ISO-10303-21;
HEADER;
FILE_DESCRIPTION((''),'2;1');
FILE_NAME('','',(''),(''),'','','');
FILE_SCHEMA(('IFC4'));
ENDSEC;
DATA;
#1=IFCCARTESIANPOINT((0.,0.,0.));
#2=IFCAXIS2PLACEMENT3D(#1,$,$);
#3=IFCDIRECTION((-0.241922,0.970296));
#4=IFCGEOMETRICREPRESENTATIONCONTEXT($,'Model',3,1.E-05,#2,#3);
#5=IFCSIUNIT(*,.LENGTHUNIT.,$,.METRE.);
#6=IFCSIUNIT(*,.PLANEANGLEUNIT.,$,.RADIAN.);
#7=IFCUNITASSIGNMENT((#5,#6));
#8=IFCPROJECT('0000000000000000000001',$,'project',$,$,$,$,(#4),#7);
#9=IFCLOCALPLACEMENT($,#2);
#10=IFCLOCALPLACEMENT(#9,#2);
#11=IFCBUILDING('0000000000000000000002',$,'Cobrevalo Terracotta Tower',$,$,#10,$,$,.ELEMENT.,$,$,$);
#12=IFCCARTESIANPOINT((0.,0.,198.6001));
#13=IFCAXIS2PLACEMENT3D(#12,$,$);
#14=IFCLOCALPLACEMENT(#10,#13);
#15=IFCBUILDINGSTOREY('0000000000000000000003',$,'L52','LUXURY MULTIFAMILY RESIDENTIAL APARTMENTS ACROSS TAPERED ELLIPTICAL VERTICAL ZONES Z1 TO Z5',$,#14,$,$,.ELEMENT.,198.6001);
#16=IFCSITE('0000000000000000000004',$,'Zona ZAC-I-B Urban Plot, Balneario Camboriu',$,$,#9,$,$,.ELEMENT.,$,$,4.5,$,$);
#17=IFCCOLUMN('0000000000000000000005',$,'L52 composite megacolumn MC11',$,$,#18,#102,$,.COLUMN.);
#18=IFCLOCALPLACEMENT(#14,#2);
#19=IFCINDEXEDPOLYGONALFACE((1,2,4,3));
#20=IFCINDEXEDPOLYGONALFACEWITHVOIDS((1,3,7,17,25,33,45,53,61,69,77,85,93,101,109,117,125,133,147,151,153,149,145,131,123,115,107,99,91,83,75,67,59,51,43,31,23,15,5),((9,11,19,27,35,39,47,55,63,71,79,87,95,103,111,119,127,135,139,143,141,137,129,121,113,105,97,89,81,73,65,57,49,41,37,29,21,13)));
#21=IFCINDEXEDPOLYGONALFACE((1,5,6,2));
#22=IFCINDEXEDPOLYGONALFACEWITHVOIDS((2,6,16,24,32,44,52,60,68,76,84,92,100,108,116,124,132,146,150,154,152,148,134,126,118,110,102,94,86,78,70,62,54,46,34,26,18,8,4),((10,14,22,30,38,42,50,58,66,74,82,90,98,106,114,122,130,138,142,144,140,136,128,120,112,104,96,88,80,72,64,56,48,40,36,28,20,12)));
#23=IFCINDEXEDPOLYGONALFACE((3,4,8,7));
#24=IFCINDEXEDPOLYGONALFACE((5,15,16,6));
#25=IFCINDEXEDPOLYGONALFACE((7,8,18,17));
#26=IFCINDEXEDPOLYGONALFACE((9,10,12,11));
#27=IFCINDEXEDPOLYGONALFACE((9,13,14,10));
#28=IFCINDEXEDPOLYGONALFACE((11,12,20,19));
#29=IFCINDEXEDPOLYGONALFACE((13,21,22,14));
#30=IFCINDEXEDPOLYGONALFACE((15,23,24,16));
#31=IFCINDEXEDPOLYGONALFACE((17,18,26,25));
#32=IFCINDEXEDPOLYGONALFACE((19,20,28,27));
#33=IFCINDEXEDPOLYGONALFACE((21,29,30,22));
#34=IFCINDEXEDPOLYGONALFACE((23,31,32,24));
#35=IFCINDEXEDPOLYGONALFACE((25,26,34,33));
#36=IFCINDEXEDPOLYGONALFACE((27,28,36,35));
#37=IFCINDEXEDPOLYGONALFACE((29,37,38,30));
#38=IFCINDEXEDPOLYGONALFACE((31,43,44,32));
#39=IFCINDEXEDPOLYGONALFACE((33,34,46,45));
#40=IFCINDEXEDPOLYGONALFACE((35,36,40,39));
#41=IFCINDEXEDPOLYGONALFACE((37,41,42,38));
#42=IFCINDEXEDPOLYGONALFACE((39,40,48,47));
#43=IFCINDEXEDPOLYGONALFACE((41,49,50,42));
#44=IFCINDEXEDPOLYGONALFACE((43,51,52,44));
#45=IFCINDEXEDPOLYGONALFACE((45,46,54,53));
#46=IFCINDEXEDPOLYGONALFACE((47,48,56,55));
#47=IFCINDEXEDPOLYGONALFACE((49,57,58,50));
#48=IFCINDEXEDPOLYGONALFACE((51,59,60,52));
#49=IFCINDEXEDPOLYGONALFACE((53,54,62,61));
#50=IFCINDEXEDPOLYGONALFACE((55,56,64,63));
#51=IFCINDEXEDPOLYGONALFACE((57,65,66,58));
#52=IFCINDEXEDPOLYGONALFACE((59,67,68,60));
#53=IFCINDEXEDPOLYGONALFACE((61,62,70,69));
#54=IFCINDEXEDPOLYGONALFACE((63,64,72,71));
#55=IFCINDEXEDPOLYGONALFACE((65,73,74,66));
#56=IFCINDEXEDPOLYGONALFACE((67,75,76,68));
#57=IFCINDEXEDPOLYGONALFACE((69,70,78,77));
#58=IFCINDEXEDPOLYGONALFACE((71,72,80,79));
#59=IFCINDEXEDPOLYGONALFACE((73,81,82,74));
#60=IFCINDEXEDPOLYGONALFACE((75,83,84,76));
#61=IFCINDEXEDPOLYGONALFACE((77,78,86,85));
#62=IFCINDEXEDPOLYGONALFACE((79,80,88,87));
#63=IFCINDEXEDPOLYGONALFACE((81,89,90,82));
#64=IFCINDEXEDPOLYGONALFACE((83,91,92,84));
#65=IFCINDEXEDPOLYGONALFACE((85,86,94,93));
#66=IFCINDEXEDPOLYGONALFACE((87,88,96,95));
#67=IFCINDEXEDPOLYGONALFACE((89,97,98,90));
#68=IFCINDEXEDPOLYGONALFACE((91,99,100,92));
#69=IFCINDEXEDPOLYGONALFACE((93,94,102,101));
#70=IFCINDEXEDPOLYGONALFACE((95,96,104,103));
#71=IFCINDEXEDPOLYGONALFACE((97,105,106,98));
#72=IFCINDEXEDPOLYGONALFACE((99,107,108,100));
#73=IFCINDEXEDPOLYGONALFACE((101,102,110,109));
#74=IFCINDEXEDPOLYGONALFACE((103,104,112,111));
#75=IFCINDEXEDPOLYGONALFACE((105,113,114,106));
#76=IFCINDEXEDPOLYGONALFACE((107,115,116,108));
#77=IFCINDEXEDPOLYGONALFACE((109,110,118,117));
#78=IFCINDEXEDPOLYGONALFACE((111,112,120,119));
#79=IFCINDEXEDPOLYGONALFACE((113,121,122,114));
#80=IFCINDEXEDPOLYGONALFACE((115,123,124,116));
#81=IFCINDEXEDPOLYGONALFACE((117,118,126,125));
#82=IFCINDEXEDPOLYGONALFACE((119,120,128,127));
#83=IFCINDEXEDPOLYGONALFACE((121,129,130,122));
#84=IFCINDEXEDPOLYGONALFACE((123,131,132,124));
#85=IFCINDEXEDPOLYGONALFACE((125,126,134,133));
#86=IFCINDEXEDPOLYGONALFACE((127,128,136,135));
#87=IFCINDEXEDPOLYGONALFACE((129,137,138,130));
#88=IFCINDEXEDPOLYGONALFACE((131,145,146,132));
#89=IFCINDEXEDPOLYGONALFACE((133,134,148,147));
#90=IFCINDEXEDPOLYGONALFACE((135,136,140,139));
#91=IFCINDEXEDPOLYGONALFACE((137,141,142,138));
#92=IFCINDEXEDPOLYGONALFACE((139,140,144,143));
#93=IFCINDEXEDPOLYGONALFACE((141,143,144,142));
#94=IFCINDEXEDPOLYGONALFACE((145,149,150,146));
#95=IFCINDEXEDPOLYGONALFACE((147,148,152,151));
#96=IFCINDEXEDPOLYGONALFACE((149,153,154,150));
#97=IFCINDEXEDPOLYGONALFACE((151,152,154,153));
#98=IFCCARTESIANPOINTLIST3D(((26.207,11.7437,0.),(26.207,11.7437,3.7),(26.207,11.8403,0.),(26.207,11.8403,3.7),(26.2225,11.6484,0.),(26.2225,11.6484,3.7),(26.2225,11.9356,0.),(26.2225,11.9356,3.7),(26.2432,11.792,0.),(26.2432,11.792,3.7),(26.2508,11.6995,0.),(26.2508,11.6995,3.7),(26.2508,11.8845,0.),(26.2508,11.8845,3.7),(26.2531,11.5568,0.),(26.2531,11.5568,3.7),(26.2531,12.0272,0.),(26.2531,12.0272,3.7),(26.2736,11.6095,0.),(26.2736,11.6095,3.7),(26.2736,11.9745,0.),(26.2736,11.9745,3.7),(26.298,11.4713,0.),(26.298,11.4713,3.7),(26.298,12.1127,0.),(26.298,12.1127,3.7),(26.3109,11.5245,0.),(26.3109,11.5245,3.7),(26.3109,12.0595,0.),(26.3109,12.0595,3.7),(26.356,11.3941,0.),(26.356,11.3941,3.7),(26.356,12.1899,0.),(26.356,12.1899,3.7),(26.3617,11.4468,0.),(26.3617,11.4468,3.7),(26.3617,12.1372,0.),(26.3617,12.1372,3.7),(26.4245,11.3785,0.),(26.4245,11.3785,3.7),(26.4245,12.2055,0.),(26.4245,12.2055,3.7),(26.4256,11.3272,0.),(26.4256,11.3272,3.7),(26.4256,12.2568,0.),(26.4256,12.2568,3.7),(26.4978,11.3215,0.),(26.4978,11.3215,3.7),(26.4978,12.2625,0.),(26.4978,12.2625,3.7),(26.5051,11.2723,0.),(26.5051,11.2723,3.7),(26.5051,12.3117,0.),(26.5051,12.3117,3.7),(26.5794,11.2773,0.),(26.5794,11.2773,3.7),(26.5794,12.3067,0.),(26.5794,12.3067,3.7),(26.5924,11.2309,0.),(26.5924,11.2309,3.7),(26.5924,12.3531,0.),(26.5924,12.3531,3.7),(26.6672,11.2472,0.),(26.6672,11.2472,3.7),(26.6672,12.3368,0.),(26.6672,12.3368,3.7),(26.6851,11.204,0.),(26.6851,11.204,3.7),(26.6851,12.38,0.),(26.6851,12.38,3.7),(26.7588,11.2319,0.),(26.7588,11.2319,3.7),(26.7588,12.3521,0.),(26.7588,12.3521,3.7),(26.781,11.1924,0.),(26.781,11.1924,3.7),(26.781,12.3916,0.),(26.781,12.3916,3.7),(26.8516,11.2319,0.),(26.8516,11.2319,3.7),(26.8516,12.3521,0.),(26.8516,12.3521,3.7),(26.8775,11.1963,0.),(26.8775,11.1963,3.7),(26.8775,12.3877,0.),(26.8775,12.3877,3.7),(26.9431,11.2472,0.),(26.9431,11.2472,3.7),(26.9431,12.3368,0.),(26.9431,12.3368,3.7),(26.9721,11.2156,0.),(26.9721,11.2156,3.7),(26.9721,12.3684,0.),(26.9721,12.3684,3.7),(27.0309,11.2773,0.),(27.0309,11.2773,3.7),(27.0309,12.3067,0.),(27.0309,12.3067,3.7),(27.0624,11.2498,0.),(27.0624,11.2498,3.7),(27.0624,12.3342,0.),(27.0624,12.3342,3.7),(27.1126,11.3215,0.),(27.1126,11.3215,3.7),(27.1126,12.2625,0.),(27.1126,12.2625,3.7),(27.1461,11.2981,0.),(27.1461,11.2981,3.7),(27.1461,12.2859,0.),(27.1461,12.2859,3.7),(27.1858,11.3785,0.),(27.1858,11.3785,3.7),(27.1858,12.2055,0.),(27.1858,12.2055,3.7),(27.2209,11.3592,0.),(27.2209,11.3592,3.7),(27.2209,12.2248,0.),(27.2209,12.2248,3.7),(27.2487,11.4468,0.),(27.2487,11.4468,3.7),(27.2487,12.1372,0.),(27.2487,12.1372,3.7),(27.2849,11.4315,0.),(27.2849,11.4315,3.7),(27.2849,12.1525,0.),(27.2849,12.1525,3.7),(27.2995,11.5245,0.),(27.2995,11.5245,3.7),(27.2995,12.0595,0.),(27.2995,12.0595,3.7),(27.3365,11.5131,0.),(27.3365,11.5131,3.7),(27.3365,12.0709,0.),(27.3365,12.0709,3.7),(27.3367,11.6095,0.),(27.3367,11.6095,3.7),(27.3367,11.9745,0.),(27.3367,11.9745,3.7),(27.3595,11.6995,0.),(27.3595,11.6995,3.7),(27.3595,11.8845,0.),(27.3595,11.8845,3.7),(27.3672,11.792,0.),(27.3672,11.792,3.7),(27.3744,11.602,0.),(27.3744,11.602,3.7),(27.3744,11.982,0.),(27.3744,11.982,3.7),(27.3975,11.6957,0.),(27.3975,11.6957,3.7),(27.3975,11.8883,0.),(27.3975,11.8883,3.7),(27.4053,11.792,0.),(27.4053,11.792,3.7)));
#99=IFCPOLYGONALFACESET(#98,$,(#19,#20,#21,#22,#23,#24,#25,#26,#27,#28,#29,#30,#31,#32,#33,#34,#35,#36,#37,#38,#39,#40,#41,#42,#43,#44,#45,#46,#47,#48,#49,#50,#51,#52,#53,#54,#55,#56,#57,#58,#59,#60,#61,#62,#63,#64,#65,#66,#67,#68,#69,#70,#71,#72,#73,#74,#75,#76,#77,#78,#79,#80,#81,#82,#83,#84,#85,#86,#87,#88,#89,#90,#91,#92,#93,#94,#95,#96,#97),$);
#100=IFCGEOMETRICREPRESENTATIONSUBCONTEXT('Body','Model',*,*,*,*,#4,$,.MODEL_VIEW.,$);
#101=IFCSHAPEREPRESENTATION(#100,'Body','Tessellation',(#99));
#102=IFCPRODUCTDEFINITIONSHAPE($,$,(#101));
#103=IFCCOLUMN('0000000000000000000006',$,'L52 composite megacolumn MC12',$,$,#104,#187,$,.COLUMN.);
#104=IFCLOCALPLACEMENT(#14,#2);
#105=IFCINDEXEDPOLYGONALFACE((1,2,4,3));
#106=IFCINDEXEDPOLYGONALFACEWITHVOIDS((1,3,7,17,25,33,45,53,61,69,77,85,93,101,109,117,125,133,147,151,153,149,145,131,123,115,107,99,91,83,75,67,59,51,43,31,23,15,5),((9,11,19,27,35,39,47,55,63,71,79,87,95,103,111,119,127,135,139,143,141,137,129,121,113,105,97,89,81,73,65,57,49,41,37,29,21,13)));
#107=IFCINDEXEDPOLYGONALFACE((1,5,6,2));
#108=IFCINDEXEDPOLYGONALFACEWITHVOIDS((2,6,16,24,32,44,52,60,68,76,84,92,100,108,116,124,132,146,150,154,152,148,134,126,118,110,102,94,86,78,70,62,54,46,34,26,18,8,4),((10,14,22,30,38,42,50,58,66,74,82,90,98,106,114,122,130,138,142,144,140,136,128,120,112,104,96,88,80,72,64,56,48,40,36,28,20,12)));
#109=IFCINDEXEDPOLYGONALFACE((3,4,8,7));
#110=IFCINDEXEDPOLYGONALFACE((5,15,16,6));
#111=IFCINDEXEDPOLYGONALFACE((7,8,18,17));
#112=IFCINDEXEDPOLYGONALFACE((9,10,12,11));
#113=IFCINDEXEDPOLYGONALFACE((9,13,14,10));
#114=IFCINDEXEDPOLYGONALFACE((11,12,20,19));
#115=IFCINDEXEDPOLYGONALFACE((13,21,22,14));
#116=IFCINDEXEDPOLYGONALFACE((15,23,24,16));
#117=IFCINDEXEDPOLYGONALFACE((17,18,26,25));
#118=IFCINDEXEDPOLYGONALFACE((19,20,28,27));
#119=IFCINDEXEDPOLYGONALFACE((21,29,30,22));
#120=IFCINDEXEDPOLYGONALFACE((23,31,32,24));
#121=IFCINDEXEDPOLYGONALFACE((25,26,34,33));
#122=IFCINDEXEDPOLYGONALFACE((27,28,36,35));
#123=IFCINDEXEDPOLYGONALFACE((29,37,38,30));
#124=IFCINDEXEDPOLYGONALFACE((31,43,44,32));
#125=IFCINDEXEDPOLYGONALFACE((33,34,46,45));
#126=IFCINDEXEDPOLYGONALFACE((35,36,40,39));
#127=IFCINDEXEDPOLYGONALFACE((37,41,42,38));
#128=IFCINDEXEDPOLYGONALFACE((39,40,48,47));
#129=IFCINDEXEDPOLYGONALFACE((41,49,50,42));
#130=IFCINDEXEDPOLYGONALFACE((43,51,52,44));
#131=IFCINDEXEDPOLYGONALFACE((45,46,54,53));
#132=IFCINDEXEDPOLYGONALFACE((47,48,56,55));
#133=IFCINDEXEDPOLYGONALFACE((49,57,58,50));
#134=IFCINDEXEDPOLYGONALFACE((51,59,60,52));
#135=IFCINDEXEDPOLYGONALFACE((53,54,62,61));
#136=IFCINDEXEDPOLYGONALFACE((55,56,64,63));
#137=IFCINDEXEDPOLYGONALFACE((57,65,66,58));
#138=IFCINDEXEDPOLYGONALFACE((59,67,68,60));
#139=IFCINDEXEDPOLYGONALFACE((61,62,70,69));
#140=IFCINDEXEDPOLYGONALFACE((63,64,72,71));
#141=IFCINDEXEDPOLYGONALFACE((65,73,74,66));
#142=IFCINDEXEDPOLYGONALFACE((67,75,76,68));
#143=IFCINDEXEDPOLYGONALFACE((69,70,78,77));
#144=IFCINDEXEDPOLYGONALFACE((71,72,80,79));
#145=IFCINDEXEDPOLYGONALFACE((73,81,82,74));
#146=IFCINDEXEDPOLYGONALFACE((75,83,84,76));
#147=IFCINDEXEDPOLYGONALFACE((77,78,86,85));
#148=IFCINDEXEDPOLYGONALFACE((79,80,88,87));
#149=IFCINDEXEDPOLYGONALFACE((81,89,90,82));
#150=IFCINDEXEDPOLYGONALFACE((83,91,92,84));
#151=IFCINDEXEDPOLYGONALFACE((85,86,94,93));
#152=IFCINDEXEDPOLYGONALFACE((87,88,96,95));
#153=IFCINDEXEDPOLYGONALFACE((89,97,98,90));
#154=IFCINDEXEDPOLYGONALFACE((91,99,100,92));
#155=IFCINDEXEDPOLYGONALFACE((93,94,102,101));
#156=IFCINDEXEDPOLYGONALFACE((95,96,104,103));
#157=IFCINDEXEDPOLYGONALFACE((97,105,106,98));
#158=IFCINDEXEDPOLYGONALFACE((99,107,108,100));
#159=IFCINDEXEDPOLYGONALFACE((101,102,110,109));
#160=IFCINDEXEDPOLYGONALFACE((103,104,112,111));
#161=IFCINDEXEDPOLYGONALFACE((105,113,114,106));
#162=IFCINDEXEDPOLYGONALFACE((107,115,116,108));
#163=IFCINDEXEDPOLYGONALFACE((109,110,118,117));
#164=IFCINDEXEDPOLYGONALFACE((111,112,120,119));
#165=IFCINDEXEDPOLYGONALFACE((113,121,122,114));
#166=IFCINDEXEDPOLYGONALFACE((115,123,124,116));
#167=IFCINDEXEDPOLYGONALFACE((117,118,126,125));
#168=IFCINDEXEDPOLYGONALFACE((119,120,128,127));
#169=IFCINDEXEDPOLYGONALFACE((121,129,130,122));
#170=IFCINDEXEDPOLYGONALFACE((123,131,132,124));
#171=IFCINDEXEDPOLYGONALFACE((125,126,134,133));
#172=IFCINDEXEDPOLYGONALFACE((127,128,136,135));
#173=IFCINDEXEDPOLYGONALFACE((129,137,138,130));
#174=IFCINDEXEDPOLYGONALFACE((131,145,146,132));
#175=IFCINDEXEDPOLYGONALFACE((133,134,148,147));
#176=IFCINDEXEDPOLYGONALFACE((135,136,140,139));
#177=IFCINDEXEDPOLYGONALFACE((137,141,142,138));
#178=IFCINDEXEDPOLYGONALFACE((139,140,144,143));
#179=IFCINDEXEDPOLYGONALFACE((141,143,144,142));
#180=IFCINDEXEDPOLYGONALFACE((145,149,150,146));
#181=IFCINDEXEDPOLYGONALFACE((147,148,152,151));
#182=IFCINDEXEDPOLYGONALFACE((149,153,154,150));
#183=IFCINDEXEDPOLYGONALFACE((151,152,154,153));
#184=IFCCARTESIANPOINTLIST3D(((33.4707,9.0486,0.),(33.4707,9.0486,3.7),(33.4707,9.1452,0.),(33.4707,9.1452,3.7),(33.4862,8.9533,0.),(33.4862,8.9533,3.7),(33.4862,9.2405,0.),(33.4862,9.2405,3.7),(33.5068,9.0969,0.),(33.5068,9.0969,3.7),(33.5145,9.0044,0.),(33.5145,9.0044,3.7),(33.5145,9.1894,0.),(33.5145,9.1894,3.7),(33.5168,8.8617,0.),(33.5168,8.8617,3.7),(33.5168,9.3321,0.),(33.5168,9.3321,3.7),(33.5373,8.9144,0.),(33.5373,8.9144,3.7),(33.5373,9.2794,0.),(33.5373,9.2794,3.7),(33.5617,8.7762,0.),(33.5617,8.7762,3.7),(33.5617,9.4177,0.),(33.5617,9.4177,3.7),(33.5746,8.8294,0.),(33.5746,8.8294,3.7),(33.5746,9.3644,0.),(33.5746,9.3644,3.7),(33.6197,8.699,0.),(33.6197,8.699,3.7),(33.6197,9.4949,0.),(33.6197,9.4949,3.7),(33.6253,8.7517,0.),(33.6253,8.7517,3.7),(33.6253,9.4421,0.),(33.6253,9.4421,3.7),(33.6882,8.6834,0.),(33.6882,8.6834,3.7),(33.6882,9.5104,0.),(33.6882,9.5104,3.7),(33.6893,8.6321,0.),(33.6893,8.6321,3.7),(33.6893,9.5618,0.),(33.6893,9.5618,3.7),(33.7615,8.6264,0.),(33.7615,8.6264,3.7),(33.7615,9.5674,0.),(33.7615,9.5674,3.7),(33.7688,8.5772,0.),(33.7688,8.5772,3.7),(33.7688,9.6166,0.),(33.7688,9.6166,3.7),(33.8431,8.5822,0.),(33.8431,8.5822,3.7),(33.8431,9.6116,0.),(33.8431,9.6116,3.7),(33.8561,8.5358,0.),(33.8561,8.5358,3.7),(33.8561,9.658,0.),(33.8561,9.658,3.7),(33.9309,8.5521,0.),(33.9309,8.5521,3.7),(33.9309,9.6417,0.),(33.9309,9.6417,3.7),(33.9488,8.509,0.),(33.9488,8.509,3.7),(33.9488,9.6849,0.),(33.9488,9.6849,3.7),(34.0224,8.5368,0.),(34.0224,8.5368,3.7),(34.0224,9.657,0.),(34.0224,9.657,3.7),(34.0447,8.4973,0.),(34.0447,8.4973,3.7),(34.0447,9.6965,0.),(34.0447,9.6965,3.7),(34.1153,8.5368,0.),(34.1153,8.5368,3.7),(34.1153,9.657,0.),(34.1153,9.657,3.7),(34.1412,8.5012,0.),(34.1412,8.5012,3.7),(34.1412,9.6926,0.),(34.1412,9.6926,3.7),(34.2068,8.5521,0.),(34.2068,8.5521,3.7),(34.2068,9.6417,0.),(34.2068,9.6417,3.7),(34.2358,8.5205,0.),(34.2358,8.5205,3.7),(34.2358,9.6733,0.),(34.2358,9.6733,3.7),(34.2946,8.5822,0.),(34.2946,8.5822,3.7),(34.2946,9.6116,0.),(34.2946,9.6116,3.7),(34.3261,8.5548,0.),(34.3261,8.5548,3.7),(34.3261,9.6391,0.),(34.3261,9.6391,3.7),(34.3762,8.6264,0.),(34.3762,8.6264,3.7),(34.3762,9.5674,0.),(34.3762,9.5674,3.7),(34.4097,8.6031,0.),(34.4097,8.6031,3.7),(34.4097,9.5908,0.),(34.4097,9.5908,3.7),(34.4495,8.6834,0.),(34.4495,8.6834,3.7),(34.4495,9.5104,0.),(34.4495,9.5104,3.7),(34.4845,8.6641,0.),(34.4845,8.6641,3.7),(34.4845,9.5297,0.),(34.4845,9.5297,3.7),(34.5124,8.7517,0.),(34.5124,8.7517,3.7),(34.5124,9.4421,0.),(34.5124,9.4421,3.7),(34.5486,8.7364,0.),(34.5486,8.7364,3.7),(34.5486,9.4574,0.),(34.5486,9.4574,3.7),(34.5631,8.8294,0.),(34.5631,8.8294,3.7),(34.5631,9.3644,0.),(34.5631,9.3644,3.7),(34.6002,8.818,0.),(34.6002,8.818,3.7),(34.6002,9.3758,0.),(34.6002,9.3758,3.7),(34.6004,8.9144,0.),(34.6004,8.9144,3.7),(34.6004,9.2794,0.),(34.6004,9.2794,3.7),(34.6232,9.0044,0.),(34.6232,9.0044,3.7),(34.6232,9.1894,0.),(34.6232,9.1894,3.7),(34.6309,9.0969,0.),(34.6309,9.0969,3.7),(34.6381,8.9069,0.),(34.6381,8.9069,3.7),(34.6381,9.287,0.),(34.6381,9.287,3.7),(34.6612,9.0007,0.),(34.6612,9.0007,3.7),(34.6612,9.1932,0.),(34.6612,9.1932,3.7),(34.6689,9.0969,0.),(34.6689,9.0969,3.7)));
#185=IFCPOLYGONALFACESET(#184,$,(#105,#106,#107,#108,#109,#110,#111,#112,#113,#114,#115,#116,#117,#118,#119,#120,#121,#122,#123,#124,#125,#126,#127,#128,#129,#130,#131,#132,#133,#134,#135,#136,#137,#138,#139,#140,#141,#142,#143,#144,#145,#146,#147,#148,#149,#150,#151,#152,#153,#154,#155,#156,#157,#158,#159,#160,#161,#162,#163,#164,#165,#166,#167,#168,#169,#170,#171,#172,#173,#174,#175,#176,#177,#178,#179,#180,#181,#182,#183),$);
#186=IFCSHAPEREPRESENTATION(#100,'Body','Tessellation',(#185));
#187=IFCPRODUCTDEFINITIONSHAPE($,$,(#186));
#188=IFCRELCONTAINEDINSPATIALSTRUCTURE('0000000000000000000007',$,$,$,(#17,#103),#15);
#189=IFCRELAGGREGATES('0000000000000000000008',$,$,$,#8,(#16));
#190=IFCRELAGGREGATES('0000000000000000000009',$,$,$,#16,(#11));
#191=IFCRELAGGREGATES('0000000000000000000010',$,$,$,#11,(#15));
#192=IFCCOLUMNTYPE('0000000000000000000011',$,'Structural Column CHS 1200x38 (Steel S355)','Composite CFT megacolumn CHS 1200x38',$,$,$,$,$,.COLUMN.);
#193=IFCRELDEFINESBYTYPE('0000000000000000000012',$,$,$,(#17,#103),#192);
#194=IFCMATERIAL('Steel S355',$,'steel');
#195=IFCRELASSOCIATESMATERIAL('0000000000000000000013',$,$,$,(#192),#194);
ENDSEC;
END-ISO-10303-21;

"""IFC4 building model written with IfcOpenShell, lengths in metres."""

from ifc_helpers import new_model, si_unit, direction, frame, origin, origin_2d, place, context, subcontext, project, spatial, hollow_circle, extrude, material, material_profile, profile_set, type_object, element, save


model = new_model("IFC4")

# Units and contexts
model_context = context("Model", 3, precision=1e-05, world=origin(), true_north=direction((-0.241922, 0.970296)))
body_context = subcontext(model_context, "Body", "Model", "MODEL_VIEW")
ifc_project = project(units=[si_unit("LENGTHUNIT", "METRE"), si_unit("PLANEANGLEUNIT", "RADIAN")], contexts=[model_context])

# Site, building, storey
site_placement = place(None, origin())
site = spatial("IfcSite", under=ifc_project, at=site_placement, Name="Zona ZAC-I-B Urban Plot, Balneario Camboriu", CompositionType="ELEMENT", RefElevation=4.5)
building_placement = place(site_placement, origin())
building = spatial("IfcBuilding", under=site, at=building_placement, Name="Cobrevalo Terracotta Tower", CompositionType="ELEMENT")
storey_placement = place(building_placement, frame((0.0, 0.0, 198.6001)))
storey = spatial("IfcBuildingStorey", under=building, at=storey_placement, Name="L52", Description="LUXURY MULTIFAMILY RESIDENTIAL APARTMENTS ACROSS TAPERED ELLIPTICAL VERTICAL ZONES Z1 TO Z5", CompositionType="ELEMENT", Elevation=198.6001)

# Columns
ifc_material_1 = material(Name="Steel S355", Category="steel")
ifc_material_profile_1 = material_profile(ifc_material_1, hollow_circle(Radius=0.6001, WallThickness=0.0381, at=origin_2d()), Name="CHS 1200x38")
ifc_profile_set_1 = profile_set([ifc_material_profile_1], Name="Steel S355")
column_type = type_object("IfcColumnType", Name="Structural Column CHS 1200x38 (Steel S355)", Description="Composite CFT megacolumn CHS 1200x38", PredefinedType="COLUMN", material=ifc_profile_set_1)
for number, where, z_axis, x_axis, name in (
    (1, (26.8052, 11.792, 0.0), (0.0, 0.0, 1.0), (1.0, 0.0, 0.0), "L52 composite megacolumn MC11"),
    (2, (34.0688, 9.0969, 0.0), (0.0, 0.0, 1.0), (1.0, 0.0, 0.0), "L52 composite megacolumn MC12"),
):
    element("IfcColumn", number, at=place(storey_placement, frame(where, z_axis=z_axis, x_axis=x_axis)), inside=storey, type_object=column_type, Name=name, PredefinedType="COLUMN", context=body_context, shape_type="SweptSolid", body=[
        extrude(hollow_circle(Radius=0.6001, WallThickness=0.0381, at=origin_2d()), origin(), (0.0, 0.0, 1.0), 3.7),
    ])

save(model, "model.ifc")
